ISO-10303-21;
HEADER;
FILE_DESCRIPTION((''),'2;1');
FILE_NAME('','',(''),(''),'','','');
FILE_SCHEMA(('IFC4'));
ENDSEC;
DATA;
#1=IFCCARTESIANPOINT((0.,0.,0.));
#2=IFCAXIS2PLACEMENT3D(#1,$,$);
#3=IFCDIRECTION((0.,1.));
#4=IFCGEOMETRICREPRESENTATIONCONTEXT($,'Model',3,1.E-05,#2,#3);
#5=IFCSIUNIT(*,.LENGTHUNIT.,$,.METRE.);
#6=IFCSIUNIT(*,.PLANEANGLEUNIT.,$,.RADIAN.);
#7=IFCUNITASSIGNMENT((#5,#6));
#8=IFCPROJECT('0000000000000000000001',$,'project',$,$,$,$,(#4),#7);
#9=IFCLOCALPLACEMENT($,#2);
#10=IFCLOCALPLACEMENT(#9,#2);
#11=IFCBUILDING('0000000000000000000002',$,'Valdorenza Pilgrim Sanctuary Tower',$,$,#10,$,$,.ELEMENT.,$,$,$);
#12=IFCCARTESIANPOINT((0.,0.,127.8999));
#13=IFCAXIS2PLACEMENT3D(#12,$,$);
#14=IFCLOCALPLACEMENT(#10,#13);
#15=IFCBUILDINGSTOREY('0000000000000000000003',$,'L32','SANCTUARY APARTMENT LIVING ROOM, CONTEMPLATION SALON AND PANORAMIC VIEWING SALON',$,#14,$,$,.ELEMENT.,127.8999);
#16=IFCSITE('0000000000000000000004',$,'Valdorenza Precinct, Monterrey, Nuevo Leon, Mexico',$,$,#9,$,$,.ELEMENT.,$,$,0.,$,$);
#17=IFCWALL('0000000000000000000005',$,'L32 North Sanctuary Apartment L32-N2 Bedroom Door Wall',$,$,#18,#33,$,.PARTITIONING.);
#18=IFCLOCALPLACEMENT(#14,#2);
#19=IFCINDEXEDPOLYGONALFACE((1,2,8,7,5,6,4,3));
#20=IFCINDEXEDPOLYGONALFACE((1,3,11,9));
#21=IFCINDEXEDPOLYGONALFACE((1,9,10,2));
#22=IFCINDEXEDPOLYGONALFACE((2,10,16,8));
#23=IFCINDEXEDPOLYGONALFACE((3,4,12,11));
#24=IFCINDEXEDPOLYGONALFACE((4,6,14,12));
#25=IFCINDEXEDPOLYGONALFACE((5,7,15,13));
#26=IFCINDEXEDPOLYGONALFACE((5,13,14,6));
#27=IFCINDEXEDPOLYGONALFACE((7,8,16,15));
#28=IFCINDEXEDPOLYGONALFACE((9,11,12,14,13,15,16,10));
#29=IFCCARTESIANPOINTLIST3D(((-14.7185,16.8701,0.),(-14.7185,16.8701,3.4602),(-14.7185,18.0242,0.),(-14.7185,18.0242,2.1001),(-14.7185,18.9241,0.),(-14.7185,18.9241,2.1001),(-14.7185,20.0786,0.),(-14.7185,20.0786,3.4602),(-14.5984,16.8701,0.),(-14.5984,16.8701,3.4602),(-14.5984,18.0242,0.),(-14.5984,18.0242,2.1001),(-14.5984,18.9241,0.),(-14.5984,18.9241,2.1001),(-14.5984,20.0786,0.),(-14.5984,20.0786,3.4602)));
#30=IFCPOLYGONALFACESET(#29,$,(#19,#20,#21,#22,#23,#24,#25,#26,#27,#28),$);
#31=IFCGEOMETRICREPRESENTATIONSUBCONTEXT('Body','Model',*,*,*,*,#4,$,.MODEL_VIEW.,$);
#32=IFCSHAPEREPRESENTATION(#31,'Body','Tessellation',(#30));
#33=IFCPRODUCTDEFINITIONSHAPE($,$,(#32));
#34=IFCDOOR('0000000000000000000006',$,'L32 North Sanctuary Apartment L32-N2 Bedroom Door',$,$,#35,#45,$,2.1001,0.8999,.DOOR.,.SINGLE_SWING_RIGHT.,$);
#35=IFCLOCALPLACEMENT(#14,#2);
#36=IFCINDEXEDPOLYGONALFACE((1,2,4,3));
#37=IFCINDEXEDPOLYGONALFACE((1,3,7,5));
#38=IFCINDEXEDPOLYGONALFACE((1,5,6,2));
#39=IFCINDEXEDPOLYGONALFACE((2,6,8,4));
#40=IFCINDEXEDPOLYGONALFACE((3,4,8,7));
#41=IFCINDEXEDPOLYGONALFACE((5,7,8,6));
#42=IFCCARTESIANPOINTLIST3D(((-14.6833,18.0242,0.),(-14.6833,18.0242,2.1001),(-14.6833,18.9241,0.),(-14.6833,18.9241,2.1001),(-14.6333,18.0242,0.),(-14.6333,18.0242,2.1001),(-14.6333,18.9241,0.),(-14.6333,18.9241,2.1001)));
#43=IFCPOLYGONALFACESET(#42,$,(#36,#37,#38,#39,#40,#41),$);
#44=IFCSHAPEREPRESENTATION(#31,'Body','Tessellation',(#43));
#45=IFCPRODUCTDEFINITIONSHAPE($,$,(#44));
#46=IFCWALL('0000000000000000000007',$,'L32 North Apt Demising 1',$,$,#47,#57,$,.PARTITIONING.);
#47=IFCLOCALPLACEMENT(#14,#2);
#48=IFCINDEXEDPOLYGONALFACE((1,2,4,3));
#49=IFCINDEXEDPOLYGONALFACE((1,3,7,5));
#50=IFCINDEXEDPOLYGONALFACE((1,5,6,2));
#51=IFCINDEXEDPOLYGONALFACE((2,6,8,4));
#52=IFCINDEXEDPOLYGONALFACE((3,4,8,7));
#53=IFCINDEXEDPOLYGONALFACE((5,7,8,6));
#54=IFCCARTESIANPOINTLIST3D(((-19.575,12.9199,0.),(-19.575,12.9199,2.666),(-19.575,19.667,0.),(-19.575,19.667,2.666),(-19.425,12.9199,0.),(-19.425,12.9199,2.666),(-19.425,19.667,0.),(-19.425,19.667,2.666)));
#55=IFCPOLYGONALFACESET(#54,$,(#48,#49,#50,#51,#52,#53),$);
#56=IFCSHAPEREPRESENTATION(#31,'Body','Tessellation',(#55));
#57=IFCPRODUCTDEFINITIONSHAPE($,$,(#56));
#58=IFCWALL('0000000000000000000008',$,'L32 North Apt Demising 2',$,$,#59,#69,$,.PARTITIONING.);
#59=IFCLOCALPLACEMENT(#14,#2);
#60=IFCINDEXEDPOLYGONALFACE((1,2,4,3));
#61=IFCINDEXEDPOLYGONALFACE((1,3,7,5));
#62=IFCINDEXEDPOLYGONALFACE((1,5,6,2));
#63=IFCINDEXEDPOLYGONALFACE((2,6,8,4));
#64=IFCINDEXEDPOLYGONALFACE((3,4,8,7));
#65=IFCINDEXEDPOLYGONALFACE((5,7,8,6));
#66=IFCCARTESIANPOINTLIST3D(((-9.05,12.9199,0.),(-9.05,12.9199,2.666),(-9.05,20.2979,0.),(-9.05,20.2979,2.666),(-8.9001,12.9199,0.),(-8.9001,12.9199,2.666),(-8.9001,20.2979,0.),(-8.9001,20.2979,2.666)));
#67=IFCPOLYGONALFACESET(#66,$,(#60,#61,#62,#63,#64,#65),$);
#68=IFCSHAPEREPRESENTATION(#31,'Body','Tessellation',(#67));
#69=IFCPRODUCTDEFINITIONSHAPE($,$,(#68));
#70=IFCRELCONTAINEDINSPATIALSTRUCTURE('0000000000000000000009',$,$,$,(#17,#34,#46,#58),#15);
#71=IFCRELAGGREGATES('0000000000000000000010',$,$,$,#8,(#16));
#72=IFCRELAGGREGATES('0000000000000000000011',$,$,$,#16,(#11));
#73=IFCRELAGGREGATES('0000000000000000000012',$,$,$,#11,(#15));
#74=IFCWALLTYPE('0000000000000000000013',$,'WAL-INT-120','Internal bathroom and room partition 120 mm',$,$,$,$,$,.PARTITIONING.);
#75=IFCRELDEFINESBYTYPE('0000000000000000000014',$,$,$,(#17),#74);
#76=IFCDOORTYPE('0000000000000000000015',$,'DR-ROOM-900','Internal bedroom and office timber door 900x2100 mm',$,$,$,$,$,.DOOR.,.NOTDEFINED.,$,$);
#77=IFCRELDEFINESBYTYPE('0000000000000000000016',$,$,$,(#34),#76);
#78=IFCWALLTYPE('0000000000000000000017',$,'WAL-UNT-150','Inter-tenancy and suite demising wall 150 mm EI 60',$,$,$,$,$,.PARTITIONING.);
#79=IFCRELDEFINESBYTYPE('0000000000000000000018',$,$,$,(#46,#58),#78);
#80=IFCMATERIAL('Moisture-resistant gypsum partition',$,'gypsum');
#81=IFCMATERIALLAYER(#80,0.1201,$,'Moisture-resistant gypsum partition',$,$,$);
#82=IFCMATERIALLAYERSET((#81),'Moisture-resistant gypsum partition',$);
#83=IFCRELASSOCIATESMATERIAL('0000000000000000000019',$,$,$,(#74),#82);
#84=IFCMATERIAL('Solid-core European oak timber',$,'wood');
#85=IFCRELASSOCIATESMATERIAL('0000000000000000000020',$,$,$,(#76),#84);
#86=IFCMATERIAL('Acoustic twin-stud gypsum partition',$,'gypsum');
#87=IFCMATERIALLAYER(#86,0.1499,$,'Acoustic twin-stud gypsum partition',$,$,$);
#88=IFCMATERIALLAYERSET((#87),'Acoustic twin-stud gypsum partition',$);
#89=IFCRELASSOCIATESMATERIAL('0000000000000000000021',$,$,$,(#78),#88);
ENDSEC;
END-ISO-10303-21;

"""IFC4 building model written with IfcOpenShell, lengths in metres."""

from ifc_helpers import new_model, si_unit, direction, frame, frame_2d, origin, place, context, subcontext, project, spatial, rectangle, extrude, material, layer, layer_set, type_object, element, fill, save


model = new_model("IFC4")

# Units and contexts
model_context = context("Model", 3, precision=1e-05, world=origin(), true_north=direction((0.0, 1.0)))
body_context = subcontext(model_context, "Body", "Model", "MODEL_VIEW")
ifc_project = project(units=[si_unit("LENGTHUNIT", "METRE"), si_unit("PLANEANGLEUNIT", "RADIAN")], contexts=[model_context])

# Site, building, storey
site_placement = place(None, origin())
site = spatial("IfcSite", under=ifc_project, at=site_placement, Name="Valdorenza Precinct, Monterrey, Nuevo Leon, Mexico", CompositionType="ELEMENT", RefElevation=0.0)
building_placement = place(site_placement, origin())
building = spatial("IfcBuilding", under=site, at=building_placement, Name="Valdorenza Pilgrim Sanctuary Tower", CompositionType="ELEMENT")
storey_placement = place(building_placement, frame((0.0, 0.0, 127.8999)))
storey = spatial("IfcBuildingStorey", under=building, at=storey_placement, Name="L32", Description="SANCTUARY APARTMENT LIVING ROOM, CONTEMPLATION SALON AND PANORAMIC VIEWING SALON", CompositionType="ELEMENT", Elevation=127.8999)

# Shared definitions
ifc_material_1 = material(Name="Acoustic twin-stud gypsum partition", Category="gypsum")
ifc_material_2 = material(Name="Moisture-resistant gypsum partition", Category="gypsum")
ifc_layer_1 = layer(ifc_material_2, 0.1201, Name="Moisture-resistant gypsum partition")
ifc_layer_set_1 = layer_set([ifc_layer_1], Name="Moisture-resistant gypsum partition")
wall_type_1 = type_object("IfcWallType", Name="WAL-INT-120", Description="Internal bathroom and room partition 120 mm", PredefinedType="PARTITIONING", material=ifc_layer_set_1)

# Wall, opening, door
ifc_material_3 = material(Name="Solid-core European oak timber", Category="wood")
door_type_1 = type_object("IfcDoorType", Name="DR-ROOM-900", Description="Internal bedroom and office timber door 900x2100 mm", OperationType="NOTDEFINED", PredefinedType="DOOR", material=ifc_material_3)
wall_1_placement = place(storey_placement, frame((-14.6584, 16.8701, 0.0), z_axis=(0.0, 0.0, 1.0), x_axis=(0.0, 1.0, 0.0)))
wall_1 = element("IfcWall", 1, at=wall_1_placement, inside=storey, type_object=wall_type_1, Name="L32 North Sanctuary Apartment L32-N2 Bedroom Door Wall", PredefinedType="PARTITIONING", context=body_context, shape_type="SweptSolid", body=[
    extrude(rectangle(XDim=3.2085, YDim=0.1201, at=frame_2d((1.6042, 0.0))), origin(), (0.0, 0.0, 1.0), 3.4602),
])
opening_1_placement = place(wall_1_placement, frame((1.1541, 0.0, 0.0)))
opening_1 = element("IfcOpeningElement", 2, at=opening_1_placement, cuts=wall_1, PredefinedType="OPENING", context=body_context, shape_type="SweptSolid", body=[
    extrude(rectangle(XDim=0.8999, YDim=2.1001, at=frame_2d((0.45, 1.05))), frame((0.0, 0.075, 0.0), z_axis=(0.0, -1.0, 0.0), x_axis=(1.0, 0.0, 0.0)), (0.0, 0.0, 1.0), 0.1499),
])
door_1_placement = place(opening_1_placement, origin())
door_1 = element("IfcDoor", 3, at=door_1_placement, inside=storey, type_object=door_type_1, Name="L32 North Sanctuary Apartment L32-N2 Bedroom Door", OperationType="SINGLE_SWING_RIGHT", OverallHeight=2.1001, OverallWidth=0.8999, PredefinedType="DOOR", context=body_context, shape_type="SweptSolid", body=[
    extrude(rectangle(XDim=0.8999, YDim=2.1001, at=frame_2d((0.45, 1.05))), frame((0.0, 0.0249, 0.0), z_axis=(0.0, -1.0, 0.0), x_axis=(1.0, 0.0, 0.0)), (0.0, 0.0, 1.0), 0.05),
])
fill(opening_1, door_1)

# Walls
ifc_layer_2 = layer(ifc_material_1, 0.1499, Name="Acoustic twin-stud gypsum partition")
ifc_layer_set_2 = layer_set([ifc_layer_2], Name="Acoustic twin-stud gypsum partition")
wall_type_2 = type_object("IfcWallType", Name="WAL-UNT-150", Description="Inter-tenancy and suite demising wall 150 mm EI 60", PredefinedType="PARTITIONING", material=ifc_layer_set_2)
wall_2_placement = place(storey_placement, frame((-19.5, 12.9199, 0.0), z_axis=(0.0, 0.0, 1.0), x_axis=(0.0, 1.0, 0.0)))
element("IfcWall", 4, at=wall_2_placement, inside=storey, type_object=wall_type_2, Name="L32 North Apt Demising 1", PredefinedType="PARTITIONING", context=body_context, shape_type="SweptSolid", body=[
    extrude(rectangle(XDim=6.7471, YDim=0.1499, at=frame_2d((3.3735, 0.0))), origin(), (0.0, 0.0, 1.0), 2.666),
])
wall_3_placement = place(storey_placement, frame((-8.9751, 12.9199, 0.0), z_axis=(0.0, 0.0, 1.0), x_axis=(0.0, 1.0, 0.0)))
element("IfcWall", 5, at=wall_3_placement, inside=storey, type_object=wall_type_2, Name="L32 North Apt Demising 2", PredefinedType="PARTITIONING", context=body_context, shape_type="SweptSolid", body=[
    extrude(rectangle(XDim=7.3779, YDim=0.1499, at=frame_2d((3.689, 0.0))), origin(), (0.0, 0.0, 1.0), 2.666),
])

save(model, "model.ifc")
